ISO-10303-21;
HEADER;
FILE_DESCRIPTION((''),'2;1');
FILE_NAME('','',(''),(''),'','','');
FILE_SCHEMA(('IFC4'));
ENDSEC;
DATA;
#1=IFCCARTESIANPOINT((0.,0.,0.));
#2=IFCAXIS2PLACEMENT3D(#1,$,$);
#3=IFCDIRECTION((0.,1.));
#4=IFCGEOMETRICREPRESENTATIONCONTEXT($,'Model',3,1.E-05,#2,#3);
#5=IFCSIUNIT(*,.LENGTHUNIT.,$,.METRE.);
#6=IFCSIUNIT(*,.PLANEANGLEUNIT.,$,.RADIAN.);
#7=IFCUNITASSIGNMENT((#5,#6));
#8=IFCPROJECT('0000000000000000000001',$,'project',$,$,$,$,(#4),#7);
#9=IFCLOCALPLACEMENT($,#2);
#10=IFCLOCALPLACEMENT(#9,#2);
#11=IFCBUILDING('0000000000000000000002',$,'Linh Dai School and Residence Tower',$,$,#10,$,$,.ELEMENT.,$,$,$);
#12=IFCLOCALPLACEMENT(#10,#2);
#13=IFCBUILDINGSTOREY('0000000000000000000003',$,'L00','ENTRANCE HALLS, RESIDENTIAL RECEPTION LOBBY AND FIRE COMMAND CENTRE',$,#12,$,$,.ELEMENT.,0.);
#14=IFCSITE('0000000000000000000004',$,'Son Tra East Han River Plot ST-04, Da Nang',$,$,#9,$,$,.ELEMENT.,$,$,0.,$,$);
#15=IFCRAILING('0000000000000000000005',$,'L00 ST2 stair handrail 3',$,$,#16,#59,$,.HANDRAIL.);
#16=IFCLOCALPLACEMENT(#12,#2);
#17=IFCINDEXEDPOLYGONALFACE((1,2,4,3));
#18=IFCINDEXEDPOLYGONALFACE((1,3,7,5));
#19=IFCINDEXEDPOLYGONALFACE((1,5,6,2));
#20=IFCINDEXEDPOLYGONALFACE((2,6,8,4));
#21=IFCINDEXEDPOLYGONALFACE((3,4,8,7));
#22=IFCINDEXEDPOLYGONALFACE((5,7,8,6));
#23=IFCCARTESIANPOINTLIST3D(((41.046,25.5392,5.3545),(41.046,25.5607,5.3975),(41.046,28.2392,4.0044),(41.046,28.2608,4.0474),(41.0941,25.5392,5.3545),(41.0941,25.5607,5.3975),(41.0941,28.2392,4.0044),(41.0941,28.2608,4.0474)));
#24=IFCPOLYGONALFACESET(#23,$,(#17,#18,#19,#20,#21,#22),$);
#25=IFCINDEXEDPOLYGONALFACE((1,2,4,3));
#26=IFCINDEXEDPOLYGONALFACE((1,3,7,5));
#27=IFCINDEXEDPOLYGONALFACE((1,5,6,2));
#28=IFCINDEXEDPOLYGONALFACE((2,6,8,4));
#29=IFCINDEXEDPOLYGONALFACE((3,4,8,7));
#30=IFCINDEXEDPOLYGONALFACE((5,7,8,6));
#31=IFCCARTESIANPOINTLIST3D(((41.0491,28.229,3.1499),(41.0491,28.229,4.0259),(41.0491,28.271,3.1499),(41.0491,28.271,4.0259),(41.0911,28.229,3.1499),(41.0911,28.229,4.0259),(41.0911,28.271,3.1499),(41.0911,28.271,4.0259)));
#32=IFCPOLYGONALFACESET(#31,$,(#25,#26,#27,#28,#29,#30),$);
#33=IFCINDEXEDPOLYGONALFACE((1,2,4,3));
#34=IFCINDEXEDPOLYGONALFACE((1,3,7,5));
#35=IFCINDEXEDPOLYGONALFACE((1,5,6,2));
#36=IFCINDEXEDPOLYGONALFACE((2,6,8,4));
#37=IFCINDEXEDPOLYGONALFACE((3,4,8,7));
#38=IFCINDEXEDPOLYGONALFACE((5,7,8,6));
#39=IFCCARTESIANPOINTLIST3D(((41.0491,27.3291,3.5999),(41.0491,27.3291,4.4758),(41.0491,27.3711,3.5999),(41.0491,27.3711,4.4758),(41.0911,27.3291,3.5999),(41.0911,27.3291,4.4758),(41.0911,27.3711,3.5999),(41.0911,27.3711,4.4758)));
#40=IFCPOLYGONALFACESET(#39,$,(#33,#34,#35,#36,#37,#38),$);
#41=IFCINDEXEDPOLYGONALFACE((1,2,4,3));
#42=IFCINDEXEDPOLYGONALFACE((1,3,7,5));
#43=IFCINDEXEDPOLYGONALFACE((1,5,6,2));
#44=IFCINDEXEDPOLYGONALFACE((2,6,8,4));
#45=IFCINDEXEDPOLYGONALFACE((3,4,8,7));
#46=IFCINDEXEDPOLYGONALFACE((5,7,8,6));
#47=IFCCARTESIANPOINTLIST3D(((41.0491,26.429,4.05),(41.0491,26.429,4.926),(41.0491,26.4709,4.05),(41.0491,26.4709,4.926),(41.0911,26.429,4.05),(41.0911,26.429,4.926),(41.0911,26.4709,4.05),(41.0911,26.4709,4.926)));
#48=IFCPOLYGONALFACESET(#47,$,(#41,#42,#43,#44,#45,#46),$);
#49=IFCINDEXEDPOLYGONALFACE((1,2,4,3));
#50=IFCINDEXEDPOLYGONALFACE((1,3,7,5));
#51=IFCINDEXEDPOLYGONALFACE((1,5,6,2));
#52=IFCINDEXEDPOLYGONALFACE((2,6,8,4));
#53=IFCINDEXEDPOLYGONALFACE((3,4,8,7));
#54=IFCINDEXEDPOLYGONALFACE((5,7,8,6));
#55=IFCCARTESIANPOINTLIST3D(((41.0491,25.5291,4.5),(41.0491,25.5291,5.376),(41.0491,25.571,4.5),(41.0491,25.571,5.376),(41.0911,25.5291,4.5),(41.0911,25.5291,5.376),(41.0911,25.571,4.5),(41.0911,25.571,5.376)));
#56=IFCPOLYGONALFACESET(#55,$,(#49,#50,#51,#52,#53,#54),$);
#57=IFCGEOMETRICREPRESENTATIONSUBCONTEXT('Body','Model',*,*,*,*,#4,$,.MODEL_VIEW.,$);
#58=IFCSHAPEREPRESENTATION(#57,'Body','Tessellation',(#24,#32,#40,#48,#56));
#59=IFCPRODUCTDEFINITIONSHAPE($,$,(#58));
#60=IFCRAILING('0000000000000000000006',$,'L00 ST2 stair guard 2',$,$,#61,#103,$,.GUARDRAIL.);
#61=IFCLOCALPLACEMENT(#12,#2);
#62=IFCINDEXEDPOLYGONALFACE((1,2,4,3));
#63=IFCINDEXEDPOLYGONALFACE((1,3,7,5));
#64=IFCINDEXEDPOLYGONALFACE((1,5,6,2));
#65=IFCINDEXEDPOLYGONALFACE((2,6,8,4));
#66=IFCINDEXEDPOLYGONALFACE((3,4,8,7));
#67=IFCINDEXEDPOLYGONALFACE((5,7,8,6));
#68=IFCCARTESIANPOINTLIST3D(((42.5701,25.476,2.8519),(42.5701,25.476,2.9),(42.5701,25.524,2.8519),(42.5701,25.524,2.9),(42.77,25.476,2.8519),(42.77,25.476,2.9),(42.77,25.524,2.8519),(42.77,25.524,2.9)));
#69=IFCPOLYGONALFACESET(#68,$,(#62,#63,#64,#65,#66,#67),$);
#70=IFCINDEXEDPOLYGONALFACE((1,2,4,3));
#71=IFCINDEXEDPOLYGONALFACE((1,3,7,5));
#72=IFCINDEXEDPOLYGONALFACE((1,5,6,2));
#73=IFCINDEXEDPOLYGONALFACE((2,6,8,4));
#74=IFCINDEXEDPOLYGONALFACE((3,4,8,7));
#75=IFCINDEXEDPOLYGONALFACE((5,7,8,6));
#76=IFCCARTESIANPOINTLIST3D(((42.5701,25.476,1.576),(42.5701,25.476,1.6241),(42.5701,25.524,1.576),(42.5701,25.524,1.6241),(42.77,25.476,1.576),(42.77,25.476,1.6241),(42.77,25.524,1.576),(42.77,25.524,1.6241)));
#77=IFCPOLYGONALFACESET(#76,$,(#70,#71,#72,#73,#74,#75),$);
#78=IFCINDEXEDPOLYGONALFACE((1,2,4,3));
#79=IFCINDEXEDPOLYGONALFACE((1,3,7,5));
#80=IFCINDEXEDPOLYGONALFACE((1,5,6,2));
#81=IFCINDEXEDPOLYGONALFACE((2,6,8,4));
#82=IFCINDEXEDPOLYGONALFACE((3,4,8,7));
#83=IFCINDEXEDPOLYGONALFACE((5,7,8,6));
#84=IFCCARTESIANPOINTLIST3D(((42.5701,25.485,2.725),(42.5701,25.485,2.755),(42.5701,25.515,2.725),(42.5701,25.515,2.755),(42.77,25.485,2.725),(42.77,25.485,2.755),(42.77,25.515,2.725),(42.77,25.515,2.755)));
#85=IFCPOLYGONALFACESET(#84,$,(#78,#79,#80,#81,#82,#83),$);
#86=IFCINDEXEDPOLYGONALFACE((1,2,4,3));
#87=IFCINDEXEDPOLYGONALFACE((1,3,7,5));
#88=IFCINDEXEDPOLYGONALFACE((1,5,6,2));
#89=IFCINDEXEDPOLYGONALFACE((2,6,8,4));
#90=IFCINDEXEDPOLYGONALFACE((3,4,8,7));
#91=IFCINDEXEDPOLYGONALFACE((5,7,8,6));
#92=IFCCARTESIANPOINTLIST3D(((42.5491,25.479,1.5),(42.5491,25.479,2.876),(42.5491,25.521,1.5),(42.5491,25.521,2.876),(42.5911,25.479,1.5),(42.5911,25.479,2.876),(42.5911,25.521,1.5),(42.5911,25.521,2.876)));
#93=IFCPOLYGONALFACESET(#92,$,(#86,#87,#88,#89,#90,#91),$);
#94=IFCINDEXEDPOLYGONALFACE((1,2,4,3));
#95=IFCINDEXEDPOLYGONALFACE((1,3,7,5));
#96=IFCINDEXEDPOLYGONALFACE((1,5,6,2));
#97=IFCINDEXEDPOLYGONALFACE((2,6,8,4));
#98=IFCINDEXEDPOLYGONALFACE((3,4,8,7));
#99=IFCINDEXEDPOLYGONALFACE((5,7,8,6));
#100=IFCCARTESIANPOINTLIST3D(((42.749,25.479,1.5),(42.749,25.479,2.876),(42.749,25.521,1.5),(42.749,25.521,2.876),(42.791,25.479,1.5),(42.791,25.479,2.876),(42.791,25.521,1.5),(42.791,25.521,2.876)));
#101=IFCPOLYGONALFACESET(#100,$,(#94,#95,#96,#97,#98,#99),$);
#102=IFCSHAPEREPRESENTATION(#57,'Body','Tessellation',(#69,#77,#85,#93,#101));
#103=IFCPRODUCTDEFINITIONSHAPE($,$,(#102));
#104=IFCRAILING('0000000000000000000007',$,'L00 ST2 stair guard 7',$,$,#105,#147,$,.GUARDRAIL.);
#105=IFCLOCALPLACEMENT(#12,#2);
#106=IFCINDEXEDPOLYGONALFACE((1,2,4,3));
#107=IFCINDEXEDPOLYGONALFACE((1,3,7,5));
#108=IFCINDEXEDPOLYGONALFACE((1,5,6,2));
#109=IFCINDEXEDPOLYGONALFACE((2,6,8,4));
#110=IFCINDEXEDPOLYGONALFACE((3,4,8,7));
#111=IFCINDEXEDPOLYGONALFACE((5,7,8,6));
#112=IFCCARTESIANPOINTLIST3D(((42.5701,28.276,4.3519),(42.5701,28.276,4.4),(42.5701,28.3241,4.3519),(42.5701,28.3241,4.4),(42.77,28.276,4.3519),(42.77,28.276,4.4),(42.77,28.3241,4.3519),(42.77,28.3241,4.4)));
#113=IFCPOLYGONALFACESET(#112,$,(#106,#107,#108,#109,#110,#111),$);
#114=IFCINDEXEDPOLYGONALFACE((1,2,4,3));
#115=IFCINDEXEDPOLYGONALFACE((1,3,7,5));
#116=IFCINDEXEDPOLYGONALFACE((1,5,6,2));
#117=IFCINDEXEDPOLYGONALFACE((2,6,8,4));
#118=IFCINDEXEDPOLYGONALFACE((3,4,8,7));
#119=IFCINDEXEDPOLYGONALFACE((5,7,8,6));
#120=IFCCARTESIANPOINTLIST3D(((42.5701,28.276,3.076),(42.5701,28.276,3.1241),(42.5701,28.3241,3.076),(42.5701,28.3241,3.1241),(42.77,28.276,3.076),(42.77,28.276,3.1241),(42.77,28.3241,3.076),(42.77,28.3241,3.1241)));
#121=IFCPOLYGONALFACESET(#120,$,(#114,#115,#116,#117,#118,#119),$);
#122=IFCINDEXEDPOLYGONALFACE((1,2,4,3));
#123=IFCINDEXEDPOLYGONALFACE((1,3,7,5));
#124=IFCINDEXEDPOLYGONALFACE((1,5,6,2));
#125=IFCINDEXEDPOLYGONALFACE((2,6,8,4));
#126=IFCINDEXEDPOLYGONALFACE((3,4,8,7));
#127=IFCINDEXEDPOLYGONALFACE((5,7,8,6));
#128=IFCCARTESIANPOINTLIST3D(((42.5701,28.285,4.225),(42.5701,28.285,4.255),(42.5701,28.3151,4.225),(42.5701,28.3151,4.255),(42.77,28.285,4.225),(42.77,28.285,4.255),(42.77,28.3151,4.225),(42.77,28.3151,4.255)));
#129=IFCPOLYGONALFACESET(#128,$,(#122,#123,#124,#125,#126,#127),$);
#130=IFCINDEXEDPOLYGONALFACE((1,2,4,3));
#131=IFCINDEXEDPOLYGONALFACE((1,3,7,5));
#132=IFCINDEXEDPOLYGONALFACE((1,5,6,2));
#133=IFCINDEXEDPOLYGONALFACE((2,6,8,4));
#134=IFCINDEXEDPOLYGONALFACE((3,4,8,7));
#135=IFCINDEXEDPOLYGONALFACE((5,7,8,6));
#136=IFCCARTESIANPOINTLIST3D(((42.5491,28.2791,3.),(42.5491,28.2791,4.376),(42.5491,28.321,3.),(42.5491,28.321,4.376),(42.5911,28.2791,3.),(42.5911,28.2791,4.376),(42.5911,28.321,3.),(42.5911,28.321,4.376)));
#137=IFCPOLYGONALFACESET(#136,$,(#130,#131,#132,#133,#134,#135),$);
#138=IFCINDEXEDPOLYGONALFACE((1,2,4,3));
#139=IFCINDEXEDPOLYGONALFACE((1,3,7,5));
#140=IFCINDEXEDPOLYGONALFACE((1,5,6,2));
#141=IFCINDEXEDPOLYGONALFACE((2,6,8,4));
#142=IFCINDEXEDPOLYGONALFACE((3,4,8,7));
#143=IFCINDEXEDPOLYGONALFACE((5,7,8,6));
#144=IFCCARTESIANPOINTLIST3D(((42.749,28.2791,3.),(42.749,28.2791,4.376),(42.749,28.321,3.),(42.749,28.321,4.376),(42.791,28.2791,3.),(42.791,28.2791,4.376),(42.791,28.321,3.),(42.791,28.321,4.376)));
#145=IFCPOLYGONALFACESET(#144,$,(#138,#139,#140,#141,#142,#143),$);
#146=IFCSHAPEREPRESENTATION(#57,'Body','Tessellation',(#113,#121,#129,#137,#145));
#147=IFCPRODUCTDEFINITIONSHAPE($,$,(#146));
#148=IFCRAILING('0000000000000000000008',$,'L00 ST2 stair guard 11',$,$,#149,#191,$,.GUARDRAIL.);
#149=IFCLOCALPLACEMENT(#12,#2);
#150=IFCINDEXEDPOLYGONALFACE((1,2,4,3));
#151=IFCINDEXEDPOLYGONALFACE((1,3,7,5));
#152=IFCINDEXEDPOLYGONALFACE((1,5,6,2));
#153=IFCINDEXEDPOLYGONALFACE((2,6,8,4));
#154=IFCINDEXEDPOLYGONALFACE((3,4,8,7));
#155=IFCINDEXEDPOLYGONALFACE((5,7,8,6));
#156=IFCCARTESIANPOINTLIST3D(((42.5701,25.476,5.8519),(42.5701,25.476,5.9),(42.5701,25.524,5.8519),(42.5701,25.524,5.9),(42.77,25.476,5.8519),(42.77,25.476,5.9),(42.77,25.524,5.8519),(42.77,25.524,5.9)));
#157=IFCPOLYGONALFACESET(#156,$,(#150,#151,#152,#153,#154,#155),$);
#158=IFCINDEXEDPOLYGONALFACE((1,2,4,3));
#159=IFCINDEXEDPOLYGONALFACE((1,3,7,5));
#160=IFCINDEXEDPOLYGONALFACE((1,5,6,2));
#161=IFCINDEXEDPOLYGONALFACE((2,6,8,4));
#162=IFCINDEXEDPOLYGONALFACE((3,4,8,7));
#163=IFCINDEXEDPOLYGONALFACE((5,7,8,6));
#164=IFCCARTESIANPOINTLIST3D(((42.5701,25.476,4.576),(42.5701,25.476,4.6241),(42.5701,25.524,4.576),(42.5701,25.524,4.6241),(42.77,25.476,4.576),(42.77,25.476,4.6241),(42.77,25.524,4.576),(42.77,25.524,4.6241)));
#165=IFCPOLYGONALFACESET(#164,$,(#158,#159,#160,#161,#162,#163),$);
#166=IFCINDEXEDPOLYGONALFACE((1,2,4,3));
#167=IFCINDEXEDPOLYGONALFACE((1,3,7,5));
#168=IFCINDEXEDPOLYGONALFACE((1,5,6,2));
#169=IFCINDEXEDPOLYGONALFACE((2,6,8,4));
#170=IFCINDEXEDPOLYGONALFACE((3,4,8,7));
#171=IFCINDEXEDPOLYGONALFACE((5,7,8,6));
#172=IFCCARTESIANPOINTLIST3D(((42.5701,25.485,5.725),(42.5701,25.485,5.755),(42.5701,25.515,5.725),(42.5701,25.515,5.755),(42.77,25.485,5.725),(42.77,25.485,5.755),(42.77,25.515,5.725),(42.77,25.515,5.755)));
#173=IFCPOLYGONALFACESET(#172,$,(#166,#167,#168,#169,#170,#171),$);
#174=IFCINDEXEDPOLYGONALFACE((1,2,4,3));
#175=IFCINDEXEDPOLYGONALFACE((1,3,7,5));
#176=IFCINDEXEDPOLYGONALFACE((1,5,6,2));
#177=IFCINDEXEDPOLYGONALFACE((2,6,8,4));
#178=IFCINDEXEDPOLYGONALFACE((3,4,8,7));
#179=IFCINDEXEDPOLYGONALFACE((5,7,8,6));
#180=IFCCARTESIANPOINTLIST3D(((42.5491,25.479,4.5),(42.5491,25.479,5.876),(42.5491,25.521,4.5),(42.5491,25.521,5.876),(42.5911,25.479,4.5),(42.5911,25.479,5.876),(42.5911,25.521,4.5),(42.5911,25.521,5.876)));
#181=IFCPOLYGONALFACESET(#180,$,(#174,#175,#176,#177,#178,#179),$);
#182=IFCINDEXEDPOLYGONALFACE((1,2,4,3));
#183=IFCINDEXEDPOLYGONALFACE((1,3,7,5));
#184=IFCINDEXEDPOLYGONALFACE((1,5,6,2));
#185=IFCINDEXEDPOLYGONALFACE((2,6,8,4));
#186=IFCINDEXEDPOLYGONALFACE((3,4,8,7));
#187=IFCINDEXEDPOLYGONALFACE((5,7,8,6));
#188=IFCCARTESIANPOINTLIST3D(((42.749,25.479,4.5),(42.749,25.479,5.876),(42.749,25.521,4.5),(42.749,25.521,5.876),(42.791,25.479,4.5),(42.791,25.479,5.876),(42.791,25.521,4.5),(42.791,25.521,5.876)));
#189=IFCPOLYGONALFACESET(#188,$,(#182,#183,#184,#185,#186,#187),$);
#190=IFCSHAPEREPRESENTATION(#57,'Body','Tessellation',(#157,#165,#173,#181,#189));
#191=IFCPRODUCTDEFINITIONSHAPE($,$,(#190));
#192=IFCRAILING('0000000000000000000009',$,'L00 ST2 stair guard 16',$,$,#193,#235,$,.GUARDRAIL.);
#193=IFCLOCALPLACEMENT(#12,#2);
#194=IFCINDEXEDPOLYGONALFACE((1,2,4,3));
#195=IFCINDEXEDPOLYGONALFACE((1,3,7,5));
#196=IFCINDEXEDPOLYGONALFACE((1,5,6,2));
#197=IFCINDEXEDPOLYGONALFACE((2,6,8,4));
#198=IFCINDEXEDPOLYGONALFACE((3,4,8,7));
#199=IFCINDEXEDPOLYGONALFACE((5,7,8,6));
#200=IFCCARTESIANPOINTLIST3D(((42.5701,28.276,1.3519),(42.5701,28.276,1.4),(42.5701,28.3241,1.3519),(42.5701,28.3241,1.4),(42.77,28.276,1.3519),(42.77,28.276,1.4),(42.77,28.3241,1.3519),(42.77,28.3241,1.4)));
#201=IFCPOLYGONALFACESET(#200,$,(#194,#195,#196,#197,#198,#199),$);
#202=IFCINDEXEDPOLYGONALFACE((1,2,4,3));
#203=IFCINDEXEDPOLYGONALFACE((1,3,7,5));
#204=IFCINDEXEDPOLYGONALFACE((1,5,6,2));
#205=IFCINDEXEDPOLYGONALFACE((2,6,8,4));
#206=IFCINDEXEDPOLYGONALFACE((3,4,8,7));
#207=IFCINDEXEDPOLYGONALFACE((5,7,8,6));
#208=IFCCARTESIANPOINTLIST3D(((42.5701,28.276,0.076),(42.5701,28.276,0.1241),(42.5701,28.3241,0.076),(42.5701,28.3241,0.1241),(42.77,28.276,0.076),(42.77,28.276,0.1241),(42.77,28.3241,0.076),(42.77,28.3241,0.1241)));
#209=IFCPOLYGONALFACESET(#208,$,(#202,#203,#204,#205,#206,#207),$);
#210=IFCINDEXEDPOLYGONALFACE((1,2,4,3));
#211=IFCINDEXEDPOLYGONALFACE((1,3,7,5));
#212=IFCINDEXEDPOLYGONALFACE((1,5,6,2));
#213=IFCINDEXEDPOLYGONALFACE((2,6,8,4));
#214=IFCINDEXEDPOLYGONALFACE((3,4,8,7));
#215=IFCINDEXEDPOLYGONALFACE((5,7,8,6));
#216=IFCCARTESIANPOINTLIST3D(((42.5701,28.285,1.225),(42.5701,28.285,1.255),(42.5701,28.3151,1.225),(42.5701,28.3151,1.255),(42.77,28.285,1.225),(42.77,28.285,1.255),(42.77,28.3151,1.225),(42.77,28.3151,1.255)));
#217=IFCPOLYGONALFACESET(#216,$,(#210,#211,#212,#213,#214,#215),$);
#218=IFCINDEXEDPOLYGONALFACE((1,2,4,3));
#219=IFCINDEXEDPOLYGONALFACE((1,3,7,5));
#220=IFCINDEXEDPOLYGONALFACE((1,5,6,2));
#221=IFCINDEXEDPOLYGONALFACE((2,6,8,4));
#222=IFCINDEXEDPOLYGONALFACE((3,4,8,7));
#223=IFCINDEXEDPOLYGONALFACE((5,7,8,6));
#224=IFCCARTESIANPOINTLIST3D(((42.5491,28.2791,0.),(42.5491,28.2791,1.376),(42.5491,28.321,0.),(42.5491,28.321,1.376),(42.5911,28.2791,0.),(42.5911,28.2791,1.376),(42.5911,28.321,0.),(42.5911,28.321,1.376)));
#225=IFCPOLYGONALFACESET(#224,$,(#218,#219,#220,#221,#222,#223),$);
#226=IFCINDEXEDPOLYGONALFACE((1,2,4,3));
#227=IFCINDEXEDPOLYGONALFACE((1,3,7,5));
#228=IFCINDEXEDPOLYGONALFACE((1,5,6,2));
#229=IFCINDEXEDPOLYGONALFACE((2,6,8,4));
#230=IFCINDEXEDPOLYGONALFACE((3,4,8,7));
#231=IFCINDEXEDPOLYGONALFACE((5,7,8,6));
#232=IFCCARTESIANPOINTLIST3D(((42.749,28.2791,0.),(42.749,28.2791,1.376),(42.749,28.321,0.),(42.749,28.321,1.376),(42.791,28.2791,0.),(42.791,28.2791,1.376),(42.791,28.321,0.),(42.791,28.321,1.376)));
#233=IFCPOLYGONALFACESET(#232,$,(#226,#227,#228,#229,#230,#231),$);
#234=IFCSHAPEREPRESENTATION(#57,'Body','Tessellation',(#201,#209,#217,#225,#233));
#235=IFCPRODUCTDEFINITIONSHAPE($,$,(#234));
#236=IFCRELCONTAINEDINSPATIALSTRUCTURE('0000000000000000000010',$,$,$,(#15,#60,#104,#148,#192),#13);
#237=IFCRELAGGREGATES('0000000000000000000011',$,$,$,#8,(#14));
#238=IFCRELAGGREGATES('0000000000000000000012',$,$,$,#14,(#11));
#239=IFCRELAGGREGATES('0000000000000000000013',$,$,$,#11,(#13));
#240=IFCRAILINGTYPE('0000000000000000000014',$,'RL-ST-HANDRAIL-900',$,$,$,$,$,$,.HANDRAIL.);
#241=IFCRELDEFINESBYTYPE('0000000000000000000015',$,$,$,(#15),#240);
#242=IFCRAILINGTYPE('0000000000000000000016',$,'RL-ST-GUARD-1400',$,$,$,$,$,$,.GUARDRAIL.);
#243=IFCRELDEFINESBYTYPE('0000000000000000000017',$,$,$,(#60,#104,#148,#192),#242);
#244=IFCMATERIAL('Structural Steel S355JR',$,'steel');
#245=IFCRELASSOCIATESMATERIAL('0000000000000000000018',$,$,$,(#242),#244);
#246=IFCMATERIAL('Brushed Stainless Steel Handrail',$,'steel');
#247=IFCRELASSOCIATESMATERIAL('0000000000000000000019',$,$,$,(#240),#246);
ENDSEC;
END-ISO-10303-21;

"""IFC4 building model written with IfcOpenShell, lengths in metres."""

from ifc_helpers import new_model, si_unit, direction, frame, origin, origin_2d, place, context, subcontext, project, spatial, rectangle, extrude, source, transform, mapped, material, type_object, element, save


model = new_model("IFC4")

# Units and contexts
model_context = context("Model", 3, precision=1e-05, world=origin(), true_north=direction((0.0, 1.0)))
body_context = subcontext(model_context, "Body", "Model", "MODEL_VIEW")
ifc_project = project(units=[si_unit("LENGTHUNIT", "METRE"), si_unit("PLANEANGLEUNIT", "RADIAN")], contexts=[model_context])

# Site, building, storey
site_placement = place(None, origin())
site = spatial("IfcSite", under=ifc_project, at=site_placement, Name="Son Tra East Han River Plot ST-04, Da Nang", CompositionType="ELEMENT", RefElevation=0.0)
building_placement = place(site_placement, origin())
building = spatial("IfcBuilding", under=site, at=building_placement, Name="Linh Dai School and Residence Tower", CompositionType="ELEMENT")
storey_placement = place(building_placement, origin())
storey = spatial("IfcBuildingStorey", under=building, at=storey_placement, Name="L00", Description="ENTRANCE HALLS, RESIDENTIAL RECEPTION LOBBY AND FIRE COMMAND CENTRE", CompositionType="ELEMENT", Elevation=0.0)

# Shared definitions
ifc_material_1 = material(Name="Structural Steel S355JR", Category="steel")

# Railings
railing_type_1 = type_object("IfcRailingType", Name="RL-ST-GUARD-1400", PredefinedType="GUARDRAIL", material=ifc_material_1)
ifc_material_2 = material(Name="Brushed Stainless Steel Handrail", Category="steel")
railing_type_2 = type_object("IfcRailingType", Name="RL-ST-HANDRAIL-900", PredefinedType="HANDRAIL", material=ifc_material_2)
shared_shape_1 = source(origin(), body_context, "Body", "SweptSolid", [
    extrude(rectangle(XDim=0.0481, YDim=0.0481, at=origin_2d()), frame((0.0, 0.0, 0.876), z_axis=(0.0, -0.894411, 0.447246), x_axis=(1.0, 0.0, 0.0)), (0.0, 0.0, 1.0), 3.0188),
    extrude(rectangle(XDim=0.042, YDim=0.042, at=origin_2d()), origin(), (0.0, 0.0, 1.0), 0.876),
    extrude(rectangle(XDim=0.042, YDim=0.042, at=origin_2d()), frame((0.0, -0.8999, 0.45)), (0.0, 0.0, 1.0), 0.876),
    extrude(rectangle(XDim=0.042, YDim=0.042, at=origin_2d()), frame((0.0, -1.8, 0.9001)), (0.0, 0.0, 1.0), 0.876),
    extrude(rectangle(XDim=0.042, YDim=0.042, at=origin_2d()), frame((0.0, -2.7, 1.3501)), (0.0, 0.0, 1.0), 0.876),
])
for number, where, name in (
    (1, (41.0701, 28.25, 3.1499), "L00 ST2 stair handrail 3"),
):
    element("IfcRailing", number, at=place(storey_placement, frame(where)), inside=storey, type_object=railing_type_2, Name=name, PredefinedType="HANDRAIL", context=body_context, shape_type="MappedRepresentation", body=[
        mapped(shared_shape_1, transform((0.0, 0.0, 0.0), x_axis=(1.0, 0.0, 0.0), y_axis=(0.0, 1.0, 0.0), z_axis=(0.0, 0.0, 1.0), scale=1.0)),
    ])
shared_shape_2 = source(origin(), body_context, "Body", "SweptSolid", [
    extrude(rectangle(XDim=0.0481, YDim=0.0481, at=origin_2d()), frame((0.0, 0.0, 1.376), z_axis=(1.0, 0.0, 0.0), x_axis=(0.0, 1.0, 0.0)), (0.0, 0.0, 1.0), 0.2),
    extrude(rectangle(XDim=0.0481, YDim=0.0481, at=origin_2d()), frame((0.0, 0.0, 0.1001), z_axis=(1.0, 0.0, 0.0), x_axis=(0.0, 1.0, 0.0)), (0.0, 0.0, 1.0), 0.2),
    extrude(rectangle(XDim=0.03, YDim=0.03, at=origin_2d()), frame((0.0, 0.0, 1.24), z_axis=(1.0, 0.0, 0.0), x_axis=(0.0, 1.0, 0.0)), (0.0, 0.0, 1.0), 0.2),
    extrude(rectangle(XDim=0.042, YDim=0.042, at=origin_2d()), origin(), (0.0, 0.0, 1.0), 1.376),
    extrude(rectangle(XDim=0.042, YDim=0.042, at=origin_2d()), frame((0.2, 0.0, 0.0)), (0.0, 0.0, 1.0), 1.376),
])
for number, where, name in (
    (2, (42.5701, 25.5, 1.5), "L00 ST2 stair guard 2"),
    (3, (42.5701, 28.3, 3.0), "L00 ST2 stair guard 7"),
    (4, (42.5701, 25.5, 4.5), "L00 ST2 stair guard 11"),
    (5, (42.5701, 28.3, 0.0), "L00 ST2 stair guard 16"),
):
    element("IfcRailing", number, at=place(storey_placement, frame(where)), inside=storey, type_object=railing_type_1, Name=name, PredefinedType="GUARDRAIL", context=body_context, shape_type="MappedRepresentation", body=[
        mapped(shared_shape_2, transform((0.0, 0.0, 0.0), x_axis=(1.0, 0.0, 0.0), y_axis=(0.0, 1.0, 0.0), z_axis=(0.0, 0.0, 1.0), scale=1.0)),
    ])

save(model, "model.ifc")
